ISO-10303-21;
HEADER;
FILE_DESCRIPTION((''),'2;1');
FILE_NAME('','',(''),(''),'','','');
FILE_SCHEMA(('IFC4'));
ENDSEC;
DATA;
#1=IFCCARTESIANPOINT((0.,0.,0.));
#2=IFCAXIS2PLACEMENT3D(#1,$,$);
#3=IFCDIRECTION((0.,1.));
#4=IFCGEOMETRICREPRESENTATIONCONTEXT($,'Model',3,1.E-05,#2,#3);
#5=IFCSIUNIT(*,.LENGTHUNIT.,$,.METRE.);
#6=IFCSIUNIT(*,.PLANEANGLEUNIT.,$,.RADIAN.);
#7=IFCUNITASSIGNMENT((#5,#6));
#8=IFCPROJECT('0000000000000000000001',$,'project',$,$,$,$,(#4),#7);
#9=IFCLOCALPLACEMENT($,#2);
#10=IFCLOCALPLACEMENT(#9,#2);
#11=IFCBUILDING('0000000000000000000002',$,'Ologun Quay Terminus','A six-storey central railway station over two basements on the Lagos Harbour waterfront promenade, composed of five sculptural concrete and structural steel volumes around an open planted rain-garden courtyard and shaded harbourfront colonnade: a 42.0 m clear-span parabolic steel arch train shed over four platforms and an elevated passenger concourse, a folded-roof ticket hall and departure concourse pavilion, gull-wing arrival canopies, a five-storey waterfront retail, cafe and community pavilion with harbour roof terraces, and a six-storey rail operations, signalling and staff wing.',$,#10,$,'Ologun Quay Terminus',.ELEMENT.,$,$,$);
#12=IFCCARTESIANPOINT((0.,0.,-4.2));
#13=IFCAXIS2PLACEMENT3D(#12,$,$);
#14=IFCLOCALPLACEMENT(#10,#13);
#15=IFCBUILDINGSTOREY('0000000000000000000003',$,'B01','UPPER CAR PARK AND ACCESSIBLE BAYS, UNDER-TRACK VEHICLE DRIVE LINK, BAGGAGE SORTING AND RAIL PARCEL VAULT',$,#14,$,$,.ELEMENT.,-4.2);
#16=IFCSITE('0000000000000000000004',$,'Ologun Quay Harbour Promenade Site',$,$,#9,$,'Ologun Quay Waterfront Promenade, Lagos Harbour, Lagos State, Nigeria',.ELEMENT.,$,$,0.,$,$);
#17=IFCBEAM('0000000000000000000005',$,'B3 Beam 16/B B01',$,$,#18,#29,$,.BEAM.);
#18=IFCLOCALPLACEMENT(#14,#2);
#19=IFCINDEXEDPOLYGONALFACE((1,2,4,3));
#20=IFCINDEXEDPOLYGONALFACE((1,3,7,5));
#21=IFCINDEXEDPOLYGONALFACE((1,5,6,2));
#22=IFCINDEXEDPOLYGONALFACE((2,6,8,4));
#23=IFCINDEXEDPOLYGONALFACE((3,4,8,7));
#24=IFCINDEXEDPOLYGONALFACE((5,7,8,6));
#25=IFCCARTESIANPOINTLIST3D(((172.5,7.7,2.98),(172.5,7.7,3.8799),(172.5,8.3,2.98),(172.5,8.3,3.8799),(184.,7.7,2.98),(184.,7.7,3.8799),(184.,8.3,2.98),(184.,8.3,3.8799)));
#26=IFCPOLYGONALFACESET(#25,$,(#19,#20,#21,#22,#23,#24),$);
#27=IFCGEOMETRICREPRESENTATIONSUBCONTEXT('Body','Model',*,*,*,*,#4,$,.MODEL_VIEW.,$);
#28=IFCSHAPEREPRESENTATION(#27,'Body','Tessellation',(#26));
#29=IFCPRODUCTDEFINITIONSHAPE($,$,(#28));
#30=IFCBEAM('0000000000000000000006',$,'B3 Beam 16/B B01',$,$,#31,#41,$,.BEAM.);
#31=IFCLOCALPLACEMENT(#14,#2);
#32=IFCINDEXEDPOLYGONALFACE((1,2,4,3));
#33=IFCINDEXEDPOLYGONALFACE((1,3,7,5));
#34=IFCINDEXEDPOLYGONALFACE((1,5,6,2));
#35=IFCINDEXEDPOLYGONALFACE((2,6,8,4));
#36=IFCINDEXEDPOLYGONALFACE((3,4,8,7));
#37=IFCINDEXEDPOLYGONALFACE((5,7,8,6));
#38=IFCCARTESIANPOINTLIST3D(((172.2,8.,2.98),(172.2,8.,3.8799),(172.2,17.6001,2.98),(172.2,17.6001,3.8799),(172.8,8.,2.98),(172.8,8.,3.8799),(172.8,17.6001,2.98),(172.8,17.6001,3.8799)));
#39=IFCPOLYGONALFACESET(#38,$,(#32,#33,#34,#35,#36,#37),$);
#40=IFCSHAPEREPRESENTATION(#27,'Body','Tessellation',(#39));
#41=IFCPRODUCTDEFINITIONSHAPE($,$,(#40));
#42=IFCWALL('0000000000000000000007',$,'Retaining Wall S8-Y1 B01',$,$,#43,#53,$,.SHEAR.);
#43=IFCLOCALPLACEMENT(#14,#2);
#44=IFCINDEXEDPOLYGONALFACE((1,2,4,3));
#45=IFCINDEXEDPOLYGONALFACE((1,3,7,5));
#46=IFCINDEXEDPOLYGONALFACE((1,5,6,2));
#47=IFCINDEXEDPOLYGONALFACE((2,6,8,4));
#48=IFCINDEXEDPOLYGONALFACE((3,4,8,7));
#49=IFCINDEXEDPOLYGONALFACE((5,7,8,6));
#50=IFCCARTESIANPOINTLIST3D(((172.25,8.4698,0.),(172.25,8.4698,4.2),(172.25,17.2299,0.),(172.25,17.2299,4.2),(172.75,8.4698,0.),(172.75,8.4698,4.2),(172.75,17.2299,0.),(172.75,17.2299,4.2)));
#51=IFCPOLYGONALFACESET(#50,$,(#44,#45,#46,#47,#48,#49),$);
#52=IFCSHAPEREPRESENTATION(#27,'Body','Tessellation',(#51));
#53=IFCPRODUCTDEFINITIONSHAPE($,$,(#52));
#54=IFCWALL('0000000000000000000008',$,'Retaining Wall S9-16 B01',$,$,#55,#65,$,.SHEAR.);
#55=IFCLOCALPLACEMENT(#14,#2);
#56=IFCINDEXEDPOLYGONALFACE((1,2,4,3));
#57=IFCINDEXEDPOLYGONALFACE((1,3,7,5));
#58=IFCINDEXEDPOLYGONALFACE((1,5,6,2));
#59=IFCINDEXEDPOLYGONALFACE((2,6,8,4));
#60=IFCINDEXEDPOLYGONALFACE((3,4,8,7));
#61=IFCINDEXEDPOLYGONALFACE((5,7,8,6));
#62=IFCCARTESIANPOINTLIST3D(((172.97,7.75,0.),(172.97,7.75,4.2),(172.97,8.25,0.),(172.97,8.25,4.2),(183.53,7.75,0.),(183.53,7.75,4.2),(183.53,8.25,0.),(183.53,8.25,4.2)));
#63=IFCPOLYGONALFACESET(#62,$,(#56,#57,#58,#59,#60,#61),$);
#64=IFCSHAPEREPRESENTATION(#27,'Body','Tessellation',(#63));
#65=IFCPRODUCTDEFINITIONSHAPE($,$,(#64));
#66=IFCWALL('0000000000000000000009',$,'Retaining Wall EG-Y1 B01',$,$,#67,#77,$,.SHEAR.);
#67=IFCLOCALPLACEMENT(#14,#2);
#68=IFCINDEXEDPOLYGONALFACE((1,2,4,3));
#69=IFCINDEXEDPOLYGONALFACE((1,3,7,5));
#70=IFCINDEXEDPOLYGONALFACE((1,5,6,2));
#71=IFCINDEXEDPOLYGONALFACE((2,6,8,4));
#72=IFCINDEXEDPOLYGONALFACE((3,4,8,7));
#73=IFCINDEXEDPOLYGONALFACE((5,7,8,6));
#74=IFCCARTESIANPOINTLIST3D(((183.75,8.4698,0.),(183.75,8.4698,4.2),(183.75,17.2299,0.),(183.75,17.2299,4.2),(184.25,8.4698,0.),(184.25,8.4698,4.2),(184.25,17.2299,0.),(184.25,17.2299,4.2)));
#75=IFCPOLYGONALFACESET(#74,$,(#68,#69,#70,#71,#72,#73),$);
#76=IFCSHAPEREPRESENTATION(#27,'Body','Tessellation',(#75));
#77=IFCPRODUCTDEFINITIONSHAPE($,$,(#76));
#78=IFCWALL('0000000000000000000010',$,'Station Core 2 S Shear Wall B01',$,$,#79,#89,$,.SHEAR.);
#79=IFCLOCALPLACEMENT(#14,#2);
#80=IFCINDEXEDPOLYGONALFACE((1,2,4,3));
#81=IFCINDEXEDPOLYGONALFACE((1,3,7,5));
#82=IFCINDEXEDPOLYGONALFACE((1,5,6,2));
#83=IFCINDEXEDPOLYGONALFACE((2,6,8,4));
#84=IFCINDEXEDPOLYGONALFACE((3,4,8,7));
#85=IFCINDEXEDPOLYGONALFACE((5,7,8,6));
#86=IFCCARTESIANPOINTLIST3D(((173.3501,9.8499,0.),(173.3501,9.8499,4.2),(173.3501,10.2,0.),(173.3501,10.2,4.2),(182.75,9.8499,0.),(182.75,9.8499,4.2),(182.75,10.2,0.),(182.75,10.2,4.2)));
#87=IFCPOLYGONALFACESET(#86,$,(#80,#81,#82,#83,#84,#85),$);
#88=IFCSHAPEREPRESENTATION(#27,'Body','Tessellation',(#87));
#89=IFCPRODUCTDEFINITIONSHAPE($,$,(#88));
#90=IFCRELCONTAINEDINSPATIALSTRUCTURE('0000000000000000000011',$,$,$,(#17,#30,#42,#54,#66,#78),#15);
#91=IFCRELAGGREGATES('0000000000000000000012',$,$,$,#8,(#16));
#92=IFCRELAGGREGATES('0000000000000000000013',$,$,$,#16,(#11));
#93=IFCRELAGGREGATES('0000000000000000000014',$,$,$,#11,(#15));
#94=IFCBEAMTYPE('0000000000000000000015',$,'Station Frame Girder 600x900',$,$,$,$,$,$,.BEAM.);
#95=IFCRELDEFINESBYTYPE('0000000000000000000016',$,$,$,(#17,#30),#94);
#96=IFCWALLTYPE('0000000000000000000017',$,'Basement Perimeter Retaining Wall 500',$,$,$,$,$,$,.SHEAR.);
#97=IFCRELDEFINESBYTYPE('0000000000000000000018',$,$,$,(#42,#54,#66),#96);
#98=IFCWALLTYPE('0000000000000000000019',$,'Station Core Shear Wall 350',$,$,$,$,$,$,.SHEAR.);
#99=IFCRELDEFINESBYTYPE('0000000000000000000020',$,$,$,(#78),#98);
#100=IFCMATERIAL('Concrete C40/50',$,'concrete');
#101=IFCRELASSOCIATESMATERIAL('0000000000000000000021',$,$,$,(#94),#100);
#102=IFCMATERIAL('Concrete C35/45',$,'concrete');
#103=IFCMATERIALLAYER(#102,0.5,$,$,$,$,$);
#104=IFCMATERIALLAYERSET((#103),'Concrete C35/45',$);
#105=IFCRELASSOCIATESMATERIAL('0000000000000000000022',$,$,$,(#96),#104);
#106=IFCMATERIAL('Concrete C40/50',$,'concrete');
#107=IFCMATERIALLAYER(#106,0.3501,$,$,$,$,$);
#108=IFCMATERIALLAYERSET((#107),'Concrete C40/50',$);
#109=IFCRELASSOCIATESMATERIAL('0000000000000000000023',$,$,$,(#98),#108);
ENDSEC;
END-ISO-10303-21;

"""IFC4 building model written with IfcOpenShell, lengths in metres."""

from ifc_helpers import new_model, si_unit, direction, frame, frame_2d, origin, origin_2d, place, context, subcontext, project, spatial, rectangle, extrude, material, layer, layer_set, material_profile, profile_set, type_object, element, save


model = new_model("IFC4")

# Units and contexts
model_context = context("Model", 3, precision=1e-05, world=origin(), true_north=direction((0.0, 1.0)))
body_context = subcontext(model_context, "Body", "Model", "MODEL_VIEW")
ifc_project = project(units=[si_unit("LENGTHUNIT", "METRE"), si_unit("PLANEANGLEUNIT", "RADIAN")], contexts=[model_context])

# Site, building, storey
site_placement = place(None, origin())
site = spatial("IfcSite", under=ifc_project, at=site_placement, Name="Ologun Quay Harbour Promenade Site", LongName="Ologun Quay Waterfront Promenade, Lagos Harbour, Lagos State, Nigeria", CompositionType="ELEMENT", RefElevation=0.0)
building_placement = place(site_placement, origin())
building = spatial("IfcBuilding", under=site, at=building_placement, Name="Ologun Quay Terminus", Description="A six-storey central railway station over two basements on the Lagos Harbour waterfront promenade, composed of five sculptural concrete and structural steel volumes around an open planted rain-garden courtyard and shaded harbourfront colonnade: a 42.0 m clear-span parabolic steel arch train shed over four platforms and an elevated passenger concourse, a folded-roof ticket hall and departure concourse pavilion, gull-wing arrival canopies, a five-storey waterfront retail, cafe and community pavilion with harbour roof terraces, and a six-storey rail operations, signalling and staff wing.", LongName="Ologun Quay Terminus", CompositionType="ELEMENT")
storey_placement = place(building_placement, frame((0.0, 0.0, -4.2)))
storey = spatial("IfcBuildingStorey", under=building, at=storey_placement, Name="B01", Description="UPPER CAR PARK AND ACCESSIBLE BAYS, UNDER-TRACK VEHICLE DRIVE LINK, BAGGAGE SORTING AND RAIL PARCEL VAULT", CompositionType="ELEMENT", Elevation=-4.2)

# Beams
ifc_material_1 = material(Name="Concrete C40/50", Category="concrete")
ifc_material_profile_1 = material_profile(ifc_material_1, rectangle(XDim=0.6001, YDim=0.8999, at=origin_2d()), Name="RC 600x900")
ifc_profile_set_1 = profile_set([ifc_material_profile_1], Name="Concrete C40/50")
beam_type_1 = type_object("IfcBeamType", Name="Station Frame Girder 600x900", PredefinedType="BEAM", material=ifc_profile_set_1)
beam_1_placement = place(storey_placement, frame((172.5, 8.0, 3.4299), z_axis=(1.0, 0.0, 0.0), x_axis=(0.0, 1.0, 0.0)))
element("IfcBeam", 1, at=beam_1_placement, inside=storey, type_object=beam_type_1, Name="B3 Beam 16/B B01", PredefinedType="BEAM", context=body_context, shape_type="SweptSolid", body=[
    extrude(rectangle(XDim=0.6001, YDim=0.8999, at=origin_2d()), origin(), (0.0, 0.0, 1.0), 11.5),
])
beam_2_placement = place(storey_placement, frame((172.5, 8.0, 3.4299), z_axis=(0.0, 1.0, 0.0), x_axis=(-1.0, 0.0, 0.0)))
element("IfcBeam", 2, at=beam_2_placement, inside=storey, type_object=beam_type_1, Name="B3 Beam 16/B B01", PredefinedType="BEAM", context=body_context, shape_type="SweptSolid", body=[
    extrude(rectangle(XDim=0.6001, YDim=0.8999, at=origin_2d()), origin(), (0.0, 0.0, 1.0), 9.6001),
])

# Walls
ifc_material_2 = material(Name="Concrete C35/45", Category="concrete")
ifc_layer_1 = layer(ifc_material_2, 0.5)
ifc_layer_set_1 = layer_set([ifc_layer_1], Name="Concrete C35/45")
wall_type_1 = type_object("IfcWallType", Name="Basement Perimeter Retaining Wall 500", PredefinedType="SHEAR", material=ifc_layer_set_1)
wall_1_placement = place(storey_placement, frame((172.5, 8.47, 0.0), z_axis=(0.0, 0.0, 1.0), x_axis=(0.0, 1.0, 0.0)))
element("IfcWall", 3, at=wall_1_placement, inside=storey, type_object=wall_type_1, Name="Retaining Wall S8-Y1 B01", PredefinedType="SHEAR", context=body_context, shape_type="SweptSolid", body=[
    extrude(rectangle(XDim=8.76, YDim=0.5, at=frame_2d((4.3799, 0.0))), origin(), (0.0, 0.0, 1.0), 4.2),
])
wall_2_placement = place(storey_placement, frame((172.97, 8.0, 0.0), z_axis=(0.0, 0.0, 1.0), x_axis=(1.0, 0.0, 0.0)))
element("IfcWall", 4, at=wall_2_placement, inside=storey, type_object=wall_type_1, Name="Retaining Wall S9-16 B01", PredefinedType="SHEAR", context=body_context, shape_type="SweptSolid", body=[
    extrude(rectangle(XDim=10.5601, YDim=0.5, at=frame_2d((5.28, 0.0))), origin(), (0.0, 0.0, 1.0), 4.2),
])
wall_3_placement = place(storey_placement, frame((184.0, 8.47, 0.0), z_axis=(0.0, 0.0, 1.0), x_axis=(0.0, 1.0, 0.0)))
element("IfcWall", 5, at=wall_3_placement, inside=storey, type_object=wall_type_1, Name="Retaining Wall EG-Y1 B01", PredefinedType="SHEAR", context=body_context, shape_type="SweptSolid", body=[
    extrude(rectangle(XDim=8.76, YDim=0.5, at=frame_2d((4.3799, 0.0))), origin(), (0.0, 0.0, 1.0), 4.2),
])

# Wall
ifc_material_3 = material(Name="Concrete C40/50", Category="concrete")
ifc_layer_2 = layer(ifc_material_3, 0.3501)
ifc_layer_set_2 = layer_set([ifc_layer_2], Name="Concrete C40/50")
wall_type_2 = type_object("IfcWallType", Name="Station Core Shear Wall 350", PredefinedType="SHEAR", material=ifc_layer_set_2)
wall_4_placement = place(storey_placement, frame((173.3501, 10.0249, 0.0), z_axis=(0.0, 0.0, 1.0), x_axis=(1.0, 0.0, 0.0)))
element("IfcWall", 6, at=wall_4_placement, inside=storey, type_object=wall_type_2, Name="Station Core 2 S Shear Wall B01", PredefinedType="SHEAR", context=body_context, shape_type="SweptSolid", body=[
    extrude(rectangle(XDim=9.3999, YDim=0.3501, at=frame_2d((4.7, 0.0))), origin(), (0.0, 0.0, 1.0), 4.2),
])

save(model, "model.ifc")
